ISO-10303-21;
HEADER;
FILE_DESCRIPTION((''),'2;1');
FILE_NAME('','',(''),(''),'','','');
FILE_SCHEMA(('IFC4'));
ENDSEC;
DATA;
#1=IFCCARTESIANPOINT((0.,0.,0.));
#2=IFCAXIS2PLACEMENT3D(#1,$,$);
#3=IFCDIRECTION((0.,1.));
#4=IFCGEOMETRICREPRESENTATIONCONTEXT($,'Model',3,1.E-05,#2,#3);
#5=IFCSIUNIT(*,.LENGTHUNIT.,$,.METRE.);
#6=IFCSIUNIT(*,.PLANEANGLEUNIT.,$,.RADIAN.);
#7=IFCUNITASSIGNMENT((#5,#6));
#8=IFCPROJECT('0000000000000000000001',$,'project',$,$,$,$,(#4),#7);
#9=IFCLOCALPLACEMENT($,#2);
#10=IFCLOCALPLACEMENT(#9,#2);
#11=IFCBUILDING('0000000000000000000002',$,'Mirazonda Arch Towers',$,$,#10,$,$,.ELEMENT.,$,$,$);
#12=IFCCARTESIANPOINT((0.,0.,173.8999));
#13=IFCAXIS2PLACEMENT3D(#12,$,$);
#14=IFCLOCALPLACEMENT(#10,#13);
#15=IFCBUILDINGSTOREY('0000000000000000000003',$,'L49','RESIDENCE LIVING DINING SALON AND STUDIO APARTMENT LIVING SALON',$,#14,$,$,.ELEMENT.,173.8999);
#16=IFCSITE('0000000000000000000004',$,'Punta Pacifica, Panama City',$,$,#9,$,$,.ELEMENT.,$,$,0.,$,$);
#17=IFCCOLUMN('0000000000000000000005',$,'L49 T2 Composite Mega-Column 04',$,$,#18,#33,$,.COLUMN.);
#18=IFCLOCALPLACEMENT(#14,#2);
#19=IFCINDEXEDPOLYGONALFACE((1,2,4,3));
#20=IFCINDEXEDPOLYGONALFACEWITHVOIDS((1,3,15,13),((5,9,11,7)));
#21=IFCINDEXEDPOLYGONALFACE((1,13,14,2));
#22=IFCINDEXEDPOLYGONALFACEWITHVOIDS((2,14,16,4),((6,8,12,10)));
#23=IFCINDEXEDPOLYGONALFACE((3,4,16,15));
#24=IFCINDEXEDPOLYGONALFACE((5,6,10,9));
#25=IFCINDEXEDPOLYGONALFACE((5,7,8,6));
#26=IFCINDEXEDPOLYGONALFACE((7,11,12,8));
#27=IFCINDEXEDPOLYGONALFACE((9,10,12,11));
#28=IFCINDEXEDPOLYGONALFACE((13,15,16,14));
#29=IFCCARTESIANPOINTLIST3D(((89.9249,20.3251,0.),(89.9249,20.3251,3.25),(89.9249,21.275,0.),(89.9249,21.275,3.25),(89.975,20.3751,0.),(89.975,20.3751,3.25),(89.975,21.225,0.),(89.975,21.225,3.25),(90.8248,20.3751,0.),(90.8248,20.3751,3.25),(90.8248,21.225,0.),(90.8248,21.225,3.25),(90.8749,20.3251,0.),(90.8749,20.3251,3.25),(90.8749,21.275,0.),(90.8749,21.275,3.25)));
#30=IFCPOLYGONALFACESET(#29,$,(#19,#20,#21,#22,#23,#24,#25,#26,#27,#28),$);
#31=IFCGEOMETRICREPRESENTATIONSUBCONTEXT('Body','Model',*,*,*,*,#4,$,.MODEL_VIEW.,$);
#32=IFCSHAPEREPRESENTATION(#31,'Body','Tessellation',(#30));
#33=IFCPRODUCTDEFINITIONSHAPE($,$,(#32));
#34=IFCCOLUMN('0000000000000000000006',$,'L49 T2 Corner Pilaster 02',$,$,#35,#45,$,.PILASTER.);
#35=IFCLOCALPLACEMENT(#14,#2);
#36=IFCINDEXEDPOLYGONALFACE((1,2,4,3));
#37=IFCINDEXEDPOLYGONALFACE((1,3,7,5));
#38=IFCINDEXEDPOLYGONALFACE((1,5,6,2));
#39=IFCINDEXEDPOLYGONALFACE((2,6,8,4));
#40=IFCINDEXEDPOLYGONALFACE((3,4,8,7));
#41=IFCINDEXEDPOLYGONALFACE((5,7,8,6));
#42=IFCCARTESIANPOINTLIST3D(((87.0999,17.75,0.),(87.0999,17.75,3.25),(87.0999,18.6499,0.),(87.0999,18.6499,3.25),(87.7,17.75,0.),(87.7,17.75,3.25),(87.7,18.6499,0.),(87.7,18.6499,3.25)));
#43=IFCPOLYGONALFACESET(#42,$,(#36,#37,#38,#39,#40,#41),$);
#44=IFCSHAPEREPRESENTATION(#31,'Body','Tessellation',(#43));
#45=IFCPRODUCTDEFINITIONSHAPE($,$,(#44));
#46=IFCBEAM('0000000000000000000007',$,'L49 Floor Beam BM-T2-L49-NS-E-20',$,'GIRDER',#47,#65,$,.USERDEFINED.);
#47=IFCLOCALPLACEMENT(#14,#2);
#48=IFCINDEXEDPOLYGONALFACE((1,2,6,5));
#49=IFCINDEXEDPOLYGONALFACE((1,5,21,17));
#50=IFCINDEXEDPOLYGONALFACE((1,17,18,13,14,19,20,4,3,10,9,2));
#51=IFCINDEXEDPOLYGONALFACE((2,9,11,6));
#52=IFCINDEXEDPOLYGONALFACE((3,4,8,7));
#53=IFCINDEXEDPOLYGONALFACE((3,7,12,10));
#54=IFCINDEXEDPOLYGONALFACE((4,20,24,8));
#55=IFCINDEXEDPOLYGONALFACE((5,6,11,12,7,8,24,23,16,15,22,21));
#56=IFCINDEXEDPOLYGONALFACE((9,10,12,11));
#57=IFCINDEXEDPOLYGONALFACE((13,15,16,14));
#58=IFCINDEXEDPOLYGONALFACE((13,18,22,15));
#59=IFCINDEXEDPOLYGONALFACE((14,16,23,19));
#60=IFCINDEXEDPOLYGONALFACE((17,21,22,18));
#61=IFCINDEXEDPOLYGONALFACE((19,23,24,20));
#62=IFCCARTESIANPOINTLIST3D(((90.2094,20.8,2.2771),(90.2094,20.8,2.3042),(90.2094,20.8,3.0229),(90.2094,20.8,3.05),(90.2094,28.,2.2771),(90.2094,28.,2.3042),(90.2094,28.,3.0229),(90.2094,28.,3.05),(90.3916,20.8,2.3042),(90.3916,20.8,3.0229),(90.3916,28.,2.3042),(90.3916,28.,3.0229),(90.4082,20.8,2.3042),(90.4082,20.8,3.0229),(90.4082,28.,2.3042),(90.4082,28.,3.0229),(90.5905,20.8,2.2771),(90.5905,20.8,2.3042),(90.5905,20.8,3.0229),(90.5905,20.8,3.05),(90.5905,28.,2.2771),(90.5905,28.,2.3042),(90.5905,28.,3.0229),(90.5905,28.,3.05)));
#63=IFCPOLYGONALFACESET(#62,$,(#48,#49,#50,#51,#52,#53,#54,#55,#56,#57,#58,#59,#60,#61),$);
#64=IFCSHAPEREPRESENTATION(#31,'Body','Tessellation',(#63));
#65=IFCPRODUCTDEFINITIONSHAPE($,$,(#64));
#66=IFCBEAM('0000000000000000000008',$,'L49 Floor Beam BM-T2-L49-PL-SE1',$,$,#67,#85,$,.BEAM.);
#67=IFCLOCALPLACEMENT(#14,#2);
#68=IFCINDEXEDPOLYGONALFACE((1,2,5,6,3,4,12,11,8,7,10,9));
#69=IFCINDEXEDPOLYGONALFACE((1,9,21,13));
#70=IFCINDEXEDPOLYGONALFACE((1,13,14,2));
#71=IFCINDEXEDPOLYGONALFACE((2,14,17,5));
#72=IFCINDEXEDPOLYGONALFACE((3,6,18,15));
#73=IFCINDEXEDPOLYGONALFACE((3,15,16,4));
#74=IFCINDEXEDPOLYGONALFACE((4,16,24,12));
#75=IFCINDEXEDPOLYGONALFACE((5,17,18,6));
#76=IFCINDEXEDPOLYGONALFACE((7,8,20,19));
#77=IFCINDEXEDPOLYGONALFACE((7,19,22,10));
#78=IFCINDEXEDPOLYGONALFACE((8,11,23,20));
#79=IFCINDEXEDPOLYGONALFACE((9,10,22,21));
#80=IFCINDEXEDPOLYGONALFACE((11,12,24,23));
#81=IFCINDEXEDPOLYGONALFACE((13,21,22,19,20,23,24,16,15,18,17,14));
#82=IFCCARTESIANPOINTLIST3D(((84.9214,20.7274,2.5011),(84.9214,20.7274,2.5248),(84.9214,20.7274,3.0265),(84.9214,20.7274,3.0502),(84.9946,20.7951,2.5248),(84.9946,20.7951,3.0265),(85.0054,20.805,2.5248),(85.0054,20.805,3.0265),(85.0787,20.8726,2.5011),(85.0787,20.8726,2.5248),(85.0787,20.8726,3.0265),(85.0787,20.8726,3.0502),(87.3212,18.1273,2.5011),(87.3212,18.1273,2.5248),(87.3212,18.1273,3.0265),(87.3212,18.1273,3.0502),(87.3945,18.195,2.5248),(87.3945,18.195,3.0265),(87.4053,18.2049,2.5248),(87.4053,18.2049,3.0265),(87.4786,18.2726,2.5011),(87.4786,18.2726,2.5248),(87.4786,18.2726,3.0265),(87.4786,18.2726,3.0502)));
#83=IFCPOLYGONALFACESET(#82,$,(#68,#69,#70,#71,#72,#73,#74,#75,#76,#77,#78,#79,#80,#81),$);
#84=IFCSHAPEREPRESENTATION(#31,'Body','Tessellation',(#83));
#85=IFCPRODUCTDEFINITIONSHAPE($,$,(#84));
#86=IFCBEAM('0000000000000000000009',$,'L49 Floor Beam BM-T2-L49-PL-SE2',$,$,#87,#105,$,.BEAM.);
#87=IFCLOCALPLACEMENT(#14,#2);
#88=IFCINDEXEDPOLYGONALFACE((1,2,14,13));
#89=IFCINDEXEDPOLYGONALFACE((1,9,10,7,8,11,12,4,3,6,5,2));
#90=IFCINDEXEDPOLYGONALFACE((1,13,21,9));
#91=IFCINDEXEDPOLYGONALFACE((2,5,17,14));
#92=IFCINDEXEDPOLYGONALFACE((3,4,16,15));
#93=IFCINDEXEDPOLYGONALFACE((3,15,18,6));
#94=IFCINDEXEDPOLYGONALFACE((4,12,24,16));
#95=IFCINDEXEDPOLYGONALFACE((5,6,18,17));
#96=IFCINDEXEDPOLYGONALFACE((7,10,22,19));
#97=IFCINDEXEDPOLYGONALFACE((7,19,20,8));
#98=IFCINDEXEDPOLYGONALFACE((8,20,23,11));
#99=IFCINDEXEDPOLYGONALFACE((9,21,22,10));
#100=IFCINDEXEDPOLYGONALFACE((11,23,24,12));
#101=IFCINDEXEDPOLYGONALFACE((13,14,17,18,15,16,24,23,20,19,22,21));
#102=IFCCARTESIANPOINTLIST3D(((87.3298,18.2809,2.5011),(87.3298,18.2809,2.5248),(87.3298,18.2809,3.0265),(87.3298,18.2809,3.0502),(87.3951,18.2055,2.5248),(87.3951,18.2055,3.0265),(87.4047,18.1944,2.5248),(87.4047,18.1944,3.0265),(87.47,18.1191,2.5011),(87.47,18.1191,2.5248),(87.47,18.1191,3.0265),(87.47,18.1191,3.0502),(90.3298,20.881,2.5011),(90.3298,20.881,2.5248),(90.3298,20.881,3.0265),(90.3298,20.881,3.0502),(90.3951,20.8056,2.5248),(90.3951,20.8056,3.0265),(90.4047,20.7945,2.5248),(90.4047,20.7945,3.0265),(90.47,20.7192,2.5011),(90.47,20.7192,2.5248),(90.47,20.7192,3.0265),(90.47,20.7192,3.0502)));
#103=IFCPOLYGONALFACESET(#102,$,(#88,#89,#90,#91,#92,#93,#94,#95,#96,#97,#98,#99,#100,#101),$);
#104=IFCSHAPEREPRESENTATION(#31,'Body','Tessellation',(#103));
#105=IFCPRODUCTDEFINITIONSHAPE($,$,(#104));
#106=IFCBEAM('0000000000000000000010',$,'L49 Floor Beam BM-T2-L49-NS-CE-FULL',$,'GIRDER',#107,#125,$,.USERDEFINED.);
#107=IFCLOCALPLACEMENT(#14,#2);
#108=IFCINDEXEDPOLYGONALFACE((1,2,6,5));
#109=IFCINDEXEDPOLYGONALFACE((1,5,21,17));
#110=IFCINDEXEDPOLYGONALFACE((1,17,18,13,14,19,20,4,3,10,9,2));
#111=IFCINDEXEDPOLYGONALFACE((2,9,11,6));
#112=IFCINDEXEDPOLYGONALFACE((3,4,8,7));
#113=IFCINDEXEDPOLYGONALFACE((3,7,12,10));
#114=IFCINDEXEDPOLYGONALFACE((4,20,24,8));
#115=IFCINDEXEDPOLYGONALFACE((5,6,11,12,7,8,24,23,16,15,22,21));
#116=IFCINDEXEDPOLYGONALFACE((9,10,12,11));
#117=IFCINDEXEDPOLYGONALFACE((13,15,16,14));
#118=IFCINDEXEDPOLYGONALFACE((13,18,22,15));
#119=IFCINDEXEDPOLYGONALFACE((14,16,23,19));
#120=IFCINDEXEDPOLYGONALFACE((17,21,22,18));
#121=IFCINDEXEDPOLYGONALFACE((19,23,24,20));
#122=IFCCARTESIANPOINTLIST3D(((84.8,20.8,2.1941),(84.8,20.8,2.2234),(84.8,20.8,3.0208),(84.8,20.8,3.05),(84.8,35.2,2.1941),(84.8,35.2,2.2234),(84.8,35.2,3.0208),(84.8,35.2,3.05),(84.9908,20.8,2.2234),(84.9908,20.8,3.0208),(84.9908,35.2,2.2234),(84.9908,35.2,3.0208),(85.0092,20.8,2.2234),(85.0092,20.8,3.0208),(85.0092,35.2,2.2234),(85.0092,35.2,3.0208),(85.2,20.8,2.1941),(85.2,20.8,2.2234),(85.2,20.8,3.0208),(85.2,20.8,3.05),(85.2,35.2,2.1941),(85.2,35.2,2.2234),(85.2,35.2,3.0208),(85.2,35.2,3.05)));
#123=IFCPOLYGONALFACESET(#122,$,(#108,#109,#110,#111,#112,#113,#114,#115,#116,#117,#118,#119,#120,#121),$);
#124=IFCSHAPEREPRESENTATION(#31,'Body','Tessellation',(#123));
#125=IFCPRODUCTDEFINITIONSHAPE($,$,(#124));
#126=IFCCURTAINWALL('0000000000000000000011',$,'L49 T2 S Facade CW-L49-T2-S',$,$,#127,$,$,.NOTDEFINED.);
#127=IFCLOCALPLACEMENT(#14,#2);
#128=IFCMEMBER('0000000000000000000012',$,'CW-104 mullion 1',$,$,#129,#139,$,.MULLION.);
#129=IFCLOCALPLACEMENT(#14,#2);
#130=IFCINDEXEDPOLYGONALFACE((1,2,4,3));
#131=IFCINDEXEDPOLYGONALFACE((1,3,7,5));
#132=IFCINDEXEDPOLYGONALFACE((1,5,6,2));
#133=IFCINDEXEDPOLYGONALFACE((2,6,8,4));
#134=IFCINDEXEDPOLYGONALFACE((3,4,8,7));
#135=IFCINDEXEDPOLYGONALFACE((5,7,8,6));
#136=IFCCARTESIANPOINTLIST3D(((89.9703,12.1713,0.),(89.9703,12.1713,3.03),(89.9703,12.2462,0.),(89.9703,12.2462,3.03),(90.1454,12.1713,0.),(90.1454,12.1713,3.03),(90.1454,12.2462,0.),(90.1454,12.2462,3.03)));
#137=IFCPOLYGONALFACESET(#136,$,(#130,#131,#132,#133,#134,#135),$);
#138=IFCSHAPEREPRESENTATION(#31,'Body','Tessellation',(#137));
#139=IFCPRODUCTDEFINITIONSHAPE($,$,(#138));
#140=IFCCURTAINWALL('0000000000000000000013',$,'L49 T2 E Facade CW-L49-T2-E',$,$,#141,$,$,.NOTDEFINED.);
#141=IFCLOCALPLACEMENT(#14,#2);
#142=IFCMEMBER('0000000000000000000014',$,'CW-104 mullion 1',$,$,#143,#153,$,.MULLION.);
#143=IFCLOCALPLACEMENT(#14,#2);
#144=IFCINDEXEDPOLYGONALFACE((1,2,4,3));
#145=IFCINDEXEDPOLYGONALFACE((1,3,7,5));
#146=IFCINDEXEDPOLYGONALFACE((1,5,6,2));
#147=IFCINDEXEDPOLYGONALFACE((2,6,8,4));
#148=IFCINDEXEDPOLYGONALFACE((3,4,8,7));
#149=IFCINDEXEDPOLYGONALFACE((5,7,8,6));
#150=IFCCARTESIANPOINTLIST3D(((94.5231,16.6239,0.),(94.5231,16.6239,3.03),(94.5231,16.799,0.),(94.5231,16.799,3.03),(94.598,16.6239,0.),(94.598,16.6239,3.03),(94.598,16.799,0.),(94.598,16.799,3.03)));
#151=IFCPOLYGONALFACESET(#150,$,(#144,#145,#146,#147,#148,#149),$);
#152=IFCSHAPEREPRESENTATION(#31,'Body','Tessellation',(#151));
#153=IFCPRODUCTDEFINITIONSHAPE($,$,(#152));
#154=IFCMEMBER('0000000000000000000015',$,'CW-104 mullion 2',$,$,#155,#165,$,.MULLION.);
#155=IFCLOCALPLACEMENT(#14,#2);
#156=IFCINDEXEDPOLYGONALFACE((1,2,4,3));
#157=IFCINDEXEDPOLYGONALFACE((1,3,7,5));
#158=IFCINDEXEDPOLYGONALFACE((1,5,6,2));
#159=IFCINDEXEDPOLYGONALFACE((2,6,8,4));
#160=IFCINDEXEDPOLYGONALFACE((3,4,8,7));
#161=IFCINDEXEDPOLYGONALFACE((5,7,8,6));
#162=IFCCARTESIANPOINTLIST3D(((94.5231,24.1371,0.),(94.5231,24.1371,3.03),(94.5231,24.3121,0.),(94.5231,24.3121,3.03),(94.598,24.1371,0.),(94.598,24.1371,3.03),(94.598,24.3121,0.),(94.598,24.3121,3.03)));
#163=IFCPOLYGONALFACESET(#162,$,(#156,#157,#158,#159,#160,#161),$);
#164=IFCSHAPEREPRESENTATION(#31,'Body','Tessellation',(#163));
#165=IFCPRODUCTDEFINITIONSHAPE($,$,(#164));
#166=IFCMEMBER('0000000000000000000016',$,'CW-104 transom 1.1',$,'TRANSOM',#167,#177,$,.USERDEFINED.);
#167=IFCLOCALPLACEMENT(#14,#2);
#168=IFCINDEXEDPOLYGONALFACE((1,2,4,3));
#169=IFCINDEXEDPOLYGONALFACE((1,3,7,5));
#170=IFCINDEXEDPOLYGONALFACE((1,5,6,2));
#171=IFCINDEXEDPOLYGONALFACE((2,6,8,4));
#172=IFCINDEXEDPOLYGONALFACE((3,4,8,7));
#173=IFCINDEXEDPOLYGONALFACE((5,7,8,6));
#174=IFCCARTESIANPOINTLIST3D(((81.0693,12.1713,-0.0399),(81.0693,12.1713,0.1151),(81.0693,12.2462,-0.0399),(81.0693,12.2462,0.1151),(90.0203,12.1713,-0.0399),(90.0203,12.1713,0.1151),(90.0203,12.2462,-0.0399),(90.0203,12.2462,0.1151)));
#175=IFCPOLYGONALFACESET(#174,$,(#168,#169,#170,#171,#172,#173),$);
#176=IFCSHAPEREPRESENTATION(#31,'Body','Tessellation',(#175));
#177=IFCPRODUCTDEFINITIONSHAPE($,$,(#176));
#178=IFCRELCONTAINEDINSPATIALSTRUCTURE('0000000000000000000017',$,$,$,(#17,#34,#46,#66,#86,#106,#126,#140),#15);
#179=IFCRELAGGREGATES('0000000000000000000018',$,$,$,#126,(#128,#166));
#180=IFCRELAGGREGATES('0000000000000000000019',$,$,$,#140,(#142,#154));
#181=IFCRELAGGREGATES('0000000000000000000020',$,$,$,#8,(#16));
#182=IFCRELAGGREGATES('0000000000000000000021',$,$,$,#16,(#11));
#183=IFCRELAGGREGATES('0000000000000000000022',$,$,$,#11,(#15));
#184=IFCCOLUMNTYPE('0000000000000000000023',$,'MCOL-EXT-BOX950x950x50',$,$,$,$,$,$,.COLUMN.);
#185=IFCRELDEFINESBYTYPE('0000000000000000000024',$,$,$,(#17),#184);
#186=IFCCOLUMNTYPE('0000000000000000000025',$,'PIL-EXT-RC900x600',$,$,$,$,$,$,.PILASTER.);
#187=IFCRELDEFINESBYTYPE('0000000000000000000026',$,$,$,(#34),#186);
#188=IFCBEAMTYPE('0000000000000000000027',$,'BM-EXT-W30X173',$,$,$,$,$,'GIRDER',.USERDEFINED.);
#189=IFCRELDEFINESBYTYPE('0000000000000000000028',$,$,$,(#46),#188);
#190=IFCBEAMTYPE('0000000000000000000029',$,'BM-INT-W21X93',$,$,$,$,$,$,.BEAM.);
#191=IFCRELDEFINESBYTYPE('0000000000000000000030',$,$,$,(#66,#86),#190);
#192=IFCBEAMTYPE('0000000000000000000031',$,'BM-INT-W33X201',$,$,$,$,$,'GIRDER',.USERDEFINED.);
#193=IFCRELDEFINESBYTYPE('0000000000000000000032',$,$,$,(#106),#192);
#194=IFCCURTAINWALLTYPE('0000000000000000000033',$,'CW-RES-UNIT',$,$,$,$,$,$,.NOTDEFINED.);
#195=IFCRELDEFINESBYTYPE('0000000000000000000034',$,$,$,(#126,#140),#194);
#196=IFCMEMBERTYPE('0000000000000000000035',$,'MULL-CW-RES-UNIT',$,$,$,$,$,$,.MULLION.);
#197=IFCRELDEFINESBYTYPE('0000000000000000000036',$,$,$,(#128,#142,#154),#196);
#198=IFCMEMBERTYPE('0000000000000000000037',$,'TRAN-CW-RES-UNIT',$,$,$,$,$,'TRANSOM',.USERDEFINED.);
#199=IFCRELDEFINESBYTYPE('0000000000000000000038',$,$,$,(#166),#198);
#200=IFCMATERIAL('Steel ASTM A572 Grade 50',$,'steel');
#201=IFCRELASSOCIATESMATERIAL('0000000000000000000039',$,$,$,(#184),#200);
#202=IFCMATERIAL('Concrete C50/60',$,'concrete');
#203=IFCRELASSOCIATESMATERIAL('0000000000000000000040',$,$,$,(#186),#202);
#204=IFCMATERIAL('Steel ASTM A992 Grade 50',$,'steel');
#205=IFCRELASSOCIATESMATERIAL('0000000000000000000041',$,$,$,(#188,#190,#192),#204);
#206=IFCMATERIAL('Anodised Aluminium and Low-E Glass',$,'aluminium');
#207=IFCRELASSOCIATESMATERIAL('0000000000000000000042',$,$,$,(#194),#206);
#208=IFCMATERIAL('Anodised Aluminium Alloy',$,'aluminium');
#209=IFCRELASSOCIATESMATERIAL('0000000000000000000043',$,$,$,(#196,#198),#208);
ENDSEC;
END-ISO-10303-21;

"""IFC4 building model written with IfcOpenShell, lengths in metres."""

from ifc_helpers import new_model, si_unit, direction, frame, origin, origin_2d, place, context, subcontext, project, spatial, rectangle, hollow_rectangle, i_section, extrude, material, material_profile, profile_set, type_object, element, aggregate, save


model = new_model("IFC4")

# Units and contexts
model_context = context("Model", 3, precision=1e-05, world=origin(), true_north=direction((0.0, 1.0)))
body_context = subcontext(model_context, "Body", "Model", "MODEL_VIEW")
ifc_project = project(units=[si_unit("LENGTHUNIT", "METRE"), si_unit("PLANEANGLEUNIT", "RADIAN")], contexts=[model_context])

# Site, building, storey
site_placement = place(None, origin())
site = spatial("IfcSite", under=ifc_project, at=site_placement, Name="Punta Pacifica, Panama City", CompositionType="ELEMENT", RefElevation=0.0)
building_placement = place(site_placement, origin())
building = spatial("IfcBuilding", under=site, at=building_placement, Name="Mirazonda Arch Towers", CompositionType="ELEMENT")
storey_placement = place(building_placement, frame((0.0, 0.0, 173.8999)))
storey = spatial("IfcBuildingStorey", under=building, at=storey_placement, Name="L49", Description="RESIDENCE LIVING DINING SALON AND STUDIO APARTMENT LIVING SALON", CompositionType="ELEMENT", Elevation=173.8999)

# Columns
ifc_material_1 = material(Name="Steel ASTM A572 Grade 50", Category="steel")
ifc_material_profile_1 = material_profile(ifc_material_1, hollow_rectangle(XDim=0.95, YDim=0.95, WallThickness=0.05, at=origin_2d()), Name="BOX950x950x50")
ifc_profile_set_1 = profile_set([ifc_material_profile_1], Name="Steel ASTM A572 Grade 50")
column_type_1 = type_object("IfcColumnType", Name="MCOL-EXT-BOX950x950x50", PredefinedType="COLUMN", material=ifc_profile_set_1)
column_1_placement = place(storey_placement, frame((90.3999, 20.8, 0.0), z_axis=(0.0, 0.0, 1.0), x_axis=(1.0, 0.0, 0.0)))
element("IfcColumn", 1, at=column_1_placement, inside=storey, type_object=column_type_1, Name="L49 T2 Composite Mega-Column 04", PredefinedType="COLUMN", context=body_context, shape_type="SweptSolid", body=[
    extrude(hollow_rectangle(XDim=0.95, YDim=0.95, WallThickness=0.05, at=origin_2d()), origin(), (0.0, 0.0, 1.0), 3.25),
])
ifc_material_2 = material(Name="Concrete C50/60", Category="concrete")
ifc_material_profile_2 = material_profile(ifc_material_2, rectangle(XDim=0.6001, YDim=0.8999, at=origin_2d()), Name="RC900x600")
ifc_profile_set_2 = profile_set([ifc_material_profile_2], Name="Concrete C50/60")
column_type_2 = type_object("IfcColumnType", Name="PIL-EXT-RC900x600", PredefinedType="PILASTER", material=ifc_profile_set_2)
column_2_placement = place(storey_placement, frame((87.3999, 18.2, 0.0), z_axis=(0.0, 0.0, 1.0), x_axis=(1.0, 0.0, 0.0)))
element("IfcColumn", 2, at=column_2_placement, inside=storey, type_object=column_type_2, Name="L49 T2 Corner Pilaster 02", PredefinedType="PILASTER", context=body_context, shape_type="SweptSolid", body=[
    extrude(rectangle(XDim=0.6001, YDim=0.8999, at=origin_2d()), origin(), (0.0, 0.0, 1.0), 3.25),
])

# Beams
ifc_material_3 = material(Name="Steel ASTM A992 Grade 50", Category="steel")
ifc_material_profile_3 = material_profile(ifc_material_3, i_section(OverallWidth=0.3811, OverallDepth=0.7729, WebThickness=0.0166, FlangeThickness=0.0271, at=origin_2d()), Name="W30X173")
ifc_profile_set_3 = profile_set([ifc_material_profile_3], Name="Steel ASTM A992 Grade 50")
beam_type_1 = type_object("IfcBeamType", Name="BM-EXT-W30X173", ElementType="GIRDER", PredefinedType="USERDEFINED", material=ifc_profile_set_3)
beam_1_placement = place(storey_placement, frame((90.3999, 20.8, 2.6636), z_axis=(0.0, 1.0, 0.0), x_axis=(-1.0, 0.0, 0.0)))
element("IfcBeam", 3, at=beam_1_placement, inside=storey, type_object=beam_type_1, Name="L49 Floor Beam BM-T2-L49-NS-E-20", ObjectType="GIRDER", PredefinedType="USERDEFINED", context=body_context, shape_type="SweptSolid", body=[
    extrude(i_section(OverallWidth=0.3811, OverallDepth=0.7729, WebThickness=0.0166, FlangeThickness=0.0271, at=origin_2d()), origin(), (0.0, 0.0, 1.0), 7.2),
])
ifc_material_profile_4 = material_profile(ifc_material_3, i_section(OverallWidth=0.2141, OverallDepth=0.5491, WebThickness=0.0146, FlangeThickness=0.0237, at=origin_2d()), Name="W21X93")
ifc_profile_set_4 = profile_set([ifc_material_profile_4], Name="Steel ASTM A992 Grade 50")
beam_type_2 = type_object("IfcBeamType", Name="BM-INT-W21X93", PredefinedType="BEAM", material=ifc_profile_set_4)
beam_2_placement = place(storey_placement, frame((87.3999, 18.2, 2.7756), z_axis=(-0.678251, 0.73483, 0.0), x_axis=(-0.73483, -0.678251, 0.0)))
element("IfcBeam", 4, at=beam_2_placement, inside=storey, type_object=beam_type_2, Name="L49 Floor Beam BM-T2-L49-PL-SE1", PredefinedType="BEAM", context=body_context, shape_type="SweptSolid", body=[
    extrude(i_section(OverallWidth=0.2141, OverallDepth=0.5491, WebThickness=0.0146, FlangeThickness=0.0237, at=origin_2d()), origin(), (0.0, 0.0, 1.0), 3.5383),
])
beam_3_placement = place(storey_placement, frame((87.3999, 18.2, 2.7756), z_axis=(0.755677, 0.654945, 0.0), x_axis=(-0.654945, 0.755677, 0.0)))
element("IfcBeam", 5, at=beam_3_placement, inside=storey, type_object=beam_type_2, Name="L49 Floor Beam BM-T2-L49-PL-SE2", PredefinedType="BEAM", context=body_context, shape_type="SweptSolid", body=[
    extrude(i_section(OverallWidth=0.2141, OverallDepth=0.5491, WebThickness=0.0146, FlangeThickness=0.0237, at=origin_2d()), origin(), (0.0, 0.0, 1.0), 3.97),
])
ifc_material_profile_5 = material_profile(ifc_material_3, i_section(OverallWidth=0.3999, OverallDepth=0.856, WebThickness=0.0183, FlangeThickness=0.0293, at=origin_2d()), Name="W33X201")
ifc_profile_set_5 = profile_set([ifc_material_profile_5], Name="Steel ASTM A992 Grade 50")
beam_type_3 = type_object("IfcBeamType", Name="BM-INT-W33X201", ElementType="GIRDER", PredefinedType="USERDEFINED", material=ifc_profile_set_5)
beam_4_placement = place(storey_placement, frame((85.0, 20.8, 2.6221), z_axis=(0.0, 1.0, 0.0), x_axis=(-1.0, 0.0, 0.0)))
element("IfcBeam", 6, at=beam_4_placement, inside=storey, type_object=beam_type_3, Name="L49 Floor Beam BM-T2-L49-NS-CE-FULL", ObjectType="GIRDER", PredefinedType="USERDEFINED", context=body_context, shape_type="SweptSolid", body=[
    extrude(i_section(OverallWidth=0.3999, OverallDepth=0.856, WebThickness=0.0183, FlangeThickness=0.0293, at=origin_2d()), origin(), (0.0, 0.0, 1.0), 14.3999),
])

# Curtain wall, member
ifc_material_4 = material(Name="Anodised Aluminium and Low-E Glass", Category="aluminium")
curtain_wall_type = type_object("IfcCurtainWallType", Name="CW-RES-UNIT", PredefinedType="NOTDEFINED", material=ifc_material_4)
curtain_wall_1_placement = place(storey_placement, origin())
curtain_wall_1 = element("IfcCurtainWall", 7, at=curtain_wall_1_placement, inside=storey, type_object=curtain_wall_type, Name="L49 T2 S Facade CW-L49-T2-S", PredefinedType="NOTDEFINED")
ifc_material_5 = material(Name="Anodised Aluminium Alloy", Category="aluminium")
ifc_material_profile_6 = material_profile(ifc_material_5, rectangle(XDim=0.075, YDim=0.175, at=origin_2d()), Name="ALU-MULL-75x175")
ifc_profile_set_6 = profile_set([ifc_material_profile_6], Name="Anodised Aluminium Alloy")
member_type_1 = type_object("IfcMemberType", Name="MULL-CW-RES-UNIT", PredefinedType="MULLION", material=ifc_profile_set_6)
member_1_placement = place(storey_placement, frame((90.0579, 12.2087, 0.0), z_axis=(0.0, 0.0, 1.0), x_axis=(0.0, -1.0, 0.0)))
member_1 = element("IfcMember", 8, at=member_1_placement, type_object=member_type_1, Name="CW-104 mullion 1", PredefinedType="MULLION", context=body_context, shape_type="SweptSolid", body=[
    extrude(rectangle(XDim=0.075, YDim=0.175, at=origin_2d()), origin(), (0.0, 0.0, 1.0), 3.03),
])

# Curtain wall, members
curtain_wall_2_placement = place(storey_placement, origin())
curtain_wall_2 = element("IfcCurtainWall", 9, at=curtain_wall_2_placement, inside=storey, type_object=curtain_wall_type, Name="L49 T2 E Facade CW-L49-T2-E", PredefinedType="NOTDEFINED")
member_2_placement = place(storey_placement, frame((94.5605, 16.7114, 0.0), z_axis=(0.0, 0.0, 1.0), x_axis=(-1.0, 0.0, 0.0)))
member_2 = element("IfcMember", 10, at=member_2_placement, type_object=member_type_1, Name="CW-104 mullion 1", PredefinedType="MULLION", context=body_context, shape_type="SweptSolid", body=[
    extrude(rectangle(XDim=0.075, YDim=0.175, at=origin_2d()), origin(), (0.0, 0.0, 1.0), 3.03),
])
member_3_placement = place(storey_placement, frame((94.5605, 24.2246, 0.0), z_axis=(0.0, 0.0, 1.0), x_axis=(-1.0, 0.0, 0.0)))
member_3 = element("IfcMember", 11, at=member_3_placement, type_object=member_type_1, Name="CW-104 mullion 2", PredefinedType="MULLION", context=body_context, shape_type="SweptSolid", body=[
    extrude(rectangle(XDim=0.075, YDim=0.175, at=origin_2d()), origin(), (0.0, 0.0, 1.0), 3.03),
])

# Member
ifc_material_profile_7 = material_profile(ifc_material_5, rectangle(XDim=0.075, YDim=0.155, at=origin_2d()), Name="ALU-TRAN-75x155")
ifc_profile_set_7 = profile_set([ifc_material_profile_7], Name="Anodised Aluminium Alloy")
member_type_2 = type_object("IfcMemberType", Name="TRAN-CW-RES-UNIT", ElementType="TRANSOM", PredefinedType="USERDEFINED", material=ifc_profile_set_7)
member_4_placement = place(storey_placement, frame((90.0203, 12.2087, 0.0376), z_axis=(-1.0, 0.0, 0.0), x_axis=(0.0, -1.0, 0.0)))
member_4 = element("IfcMember", 12, at=member_4_placement, type_object=member_type_2, Name="CW-104 transom 1.1", ObjectType="TRANSOM", PredefinedType="USERDEFINED", context=body_context, shape_type="SweptSolid", body=[
    extrude(rectangle(XDim=0.075, YDim=0.155, at=origin_2d()), origin(), (0.0, 0.0, 1.0), 8.9509),
])

aggregate(curtain_wall_1, [member_1, member_4])
aggregate(curtain_wall_2, [member_2, member_3])

save(model, "model.ifc")
